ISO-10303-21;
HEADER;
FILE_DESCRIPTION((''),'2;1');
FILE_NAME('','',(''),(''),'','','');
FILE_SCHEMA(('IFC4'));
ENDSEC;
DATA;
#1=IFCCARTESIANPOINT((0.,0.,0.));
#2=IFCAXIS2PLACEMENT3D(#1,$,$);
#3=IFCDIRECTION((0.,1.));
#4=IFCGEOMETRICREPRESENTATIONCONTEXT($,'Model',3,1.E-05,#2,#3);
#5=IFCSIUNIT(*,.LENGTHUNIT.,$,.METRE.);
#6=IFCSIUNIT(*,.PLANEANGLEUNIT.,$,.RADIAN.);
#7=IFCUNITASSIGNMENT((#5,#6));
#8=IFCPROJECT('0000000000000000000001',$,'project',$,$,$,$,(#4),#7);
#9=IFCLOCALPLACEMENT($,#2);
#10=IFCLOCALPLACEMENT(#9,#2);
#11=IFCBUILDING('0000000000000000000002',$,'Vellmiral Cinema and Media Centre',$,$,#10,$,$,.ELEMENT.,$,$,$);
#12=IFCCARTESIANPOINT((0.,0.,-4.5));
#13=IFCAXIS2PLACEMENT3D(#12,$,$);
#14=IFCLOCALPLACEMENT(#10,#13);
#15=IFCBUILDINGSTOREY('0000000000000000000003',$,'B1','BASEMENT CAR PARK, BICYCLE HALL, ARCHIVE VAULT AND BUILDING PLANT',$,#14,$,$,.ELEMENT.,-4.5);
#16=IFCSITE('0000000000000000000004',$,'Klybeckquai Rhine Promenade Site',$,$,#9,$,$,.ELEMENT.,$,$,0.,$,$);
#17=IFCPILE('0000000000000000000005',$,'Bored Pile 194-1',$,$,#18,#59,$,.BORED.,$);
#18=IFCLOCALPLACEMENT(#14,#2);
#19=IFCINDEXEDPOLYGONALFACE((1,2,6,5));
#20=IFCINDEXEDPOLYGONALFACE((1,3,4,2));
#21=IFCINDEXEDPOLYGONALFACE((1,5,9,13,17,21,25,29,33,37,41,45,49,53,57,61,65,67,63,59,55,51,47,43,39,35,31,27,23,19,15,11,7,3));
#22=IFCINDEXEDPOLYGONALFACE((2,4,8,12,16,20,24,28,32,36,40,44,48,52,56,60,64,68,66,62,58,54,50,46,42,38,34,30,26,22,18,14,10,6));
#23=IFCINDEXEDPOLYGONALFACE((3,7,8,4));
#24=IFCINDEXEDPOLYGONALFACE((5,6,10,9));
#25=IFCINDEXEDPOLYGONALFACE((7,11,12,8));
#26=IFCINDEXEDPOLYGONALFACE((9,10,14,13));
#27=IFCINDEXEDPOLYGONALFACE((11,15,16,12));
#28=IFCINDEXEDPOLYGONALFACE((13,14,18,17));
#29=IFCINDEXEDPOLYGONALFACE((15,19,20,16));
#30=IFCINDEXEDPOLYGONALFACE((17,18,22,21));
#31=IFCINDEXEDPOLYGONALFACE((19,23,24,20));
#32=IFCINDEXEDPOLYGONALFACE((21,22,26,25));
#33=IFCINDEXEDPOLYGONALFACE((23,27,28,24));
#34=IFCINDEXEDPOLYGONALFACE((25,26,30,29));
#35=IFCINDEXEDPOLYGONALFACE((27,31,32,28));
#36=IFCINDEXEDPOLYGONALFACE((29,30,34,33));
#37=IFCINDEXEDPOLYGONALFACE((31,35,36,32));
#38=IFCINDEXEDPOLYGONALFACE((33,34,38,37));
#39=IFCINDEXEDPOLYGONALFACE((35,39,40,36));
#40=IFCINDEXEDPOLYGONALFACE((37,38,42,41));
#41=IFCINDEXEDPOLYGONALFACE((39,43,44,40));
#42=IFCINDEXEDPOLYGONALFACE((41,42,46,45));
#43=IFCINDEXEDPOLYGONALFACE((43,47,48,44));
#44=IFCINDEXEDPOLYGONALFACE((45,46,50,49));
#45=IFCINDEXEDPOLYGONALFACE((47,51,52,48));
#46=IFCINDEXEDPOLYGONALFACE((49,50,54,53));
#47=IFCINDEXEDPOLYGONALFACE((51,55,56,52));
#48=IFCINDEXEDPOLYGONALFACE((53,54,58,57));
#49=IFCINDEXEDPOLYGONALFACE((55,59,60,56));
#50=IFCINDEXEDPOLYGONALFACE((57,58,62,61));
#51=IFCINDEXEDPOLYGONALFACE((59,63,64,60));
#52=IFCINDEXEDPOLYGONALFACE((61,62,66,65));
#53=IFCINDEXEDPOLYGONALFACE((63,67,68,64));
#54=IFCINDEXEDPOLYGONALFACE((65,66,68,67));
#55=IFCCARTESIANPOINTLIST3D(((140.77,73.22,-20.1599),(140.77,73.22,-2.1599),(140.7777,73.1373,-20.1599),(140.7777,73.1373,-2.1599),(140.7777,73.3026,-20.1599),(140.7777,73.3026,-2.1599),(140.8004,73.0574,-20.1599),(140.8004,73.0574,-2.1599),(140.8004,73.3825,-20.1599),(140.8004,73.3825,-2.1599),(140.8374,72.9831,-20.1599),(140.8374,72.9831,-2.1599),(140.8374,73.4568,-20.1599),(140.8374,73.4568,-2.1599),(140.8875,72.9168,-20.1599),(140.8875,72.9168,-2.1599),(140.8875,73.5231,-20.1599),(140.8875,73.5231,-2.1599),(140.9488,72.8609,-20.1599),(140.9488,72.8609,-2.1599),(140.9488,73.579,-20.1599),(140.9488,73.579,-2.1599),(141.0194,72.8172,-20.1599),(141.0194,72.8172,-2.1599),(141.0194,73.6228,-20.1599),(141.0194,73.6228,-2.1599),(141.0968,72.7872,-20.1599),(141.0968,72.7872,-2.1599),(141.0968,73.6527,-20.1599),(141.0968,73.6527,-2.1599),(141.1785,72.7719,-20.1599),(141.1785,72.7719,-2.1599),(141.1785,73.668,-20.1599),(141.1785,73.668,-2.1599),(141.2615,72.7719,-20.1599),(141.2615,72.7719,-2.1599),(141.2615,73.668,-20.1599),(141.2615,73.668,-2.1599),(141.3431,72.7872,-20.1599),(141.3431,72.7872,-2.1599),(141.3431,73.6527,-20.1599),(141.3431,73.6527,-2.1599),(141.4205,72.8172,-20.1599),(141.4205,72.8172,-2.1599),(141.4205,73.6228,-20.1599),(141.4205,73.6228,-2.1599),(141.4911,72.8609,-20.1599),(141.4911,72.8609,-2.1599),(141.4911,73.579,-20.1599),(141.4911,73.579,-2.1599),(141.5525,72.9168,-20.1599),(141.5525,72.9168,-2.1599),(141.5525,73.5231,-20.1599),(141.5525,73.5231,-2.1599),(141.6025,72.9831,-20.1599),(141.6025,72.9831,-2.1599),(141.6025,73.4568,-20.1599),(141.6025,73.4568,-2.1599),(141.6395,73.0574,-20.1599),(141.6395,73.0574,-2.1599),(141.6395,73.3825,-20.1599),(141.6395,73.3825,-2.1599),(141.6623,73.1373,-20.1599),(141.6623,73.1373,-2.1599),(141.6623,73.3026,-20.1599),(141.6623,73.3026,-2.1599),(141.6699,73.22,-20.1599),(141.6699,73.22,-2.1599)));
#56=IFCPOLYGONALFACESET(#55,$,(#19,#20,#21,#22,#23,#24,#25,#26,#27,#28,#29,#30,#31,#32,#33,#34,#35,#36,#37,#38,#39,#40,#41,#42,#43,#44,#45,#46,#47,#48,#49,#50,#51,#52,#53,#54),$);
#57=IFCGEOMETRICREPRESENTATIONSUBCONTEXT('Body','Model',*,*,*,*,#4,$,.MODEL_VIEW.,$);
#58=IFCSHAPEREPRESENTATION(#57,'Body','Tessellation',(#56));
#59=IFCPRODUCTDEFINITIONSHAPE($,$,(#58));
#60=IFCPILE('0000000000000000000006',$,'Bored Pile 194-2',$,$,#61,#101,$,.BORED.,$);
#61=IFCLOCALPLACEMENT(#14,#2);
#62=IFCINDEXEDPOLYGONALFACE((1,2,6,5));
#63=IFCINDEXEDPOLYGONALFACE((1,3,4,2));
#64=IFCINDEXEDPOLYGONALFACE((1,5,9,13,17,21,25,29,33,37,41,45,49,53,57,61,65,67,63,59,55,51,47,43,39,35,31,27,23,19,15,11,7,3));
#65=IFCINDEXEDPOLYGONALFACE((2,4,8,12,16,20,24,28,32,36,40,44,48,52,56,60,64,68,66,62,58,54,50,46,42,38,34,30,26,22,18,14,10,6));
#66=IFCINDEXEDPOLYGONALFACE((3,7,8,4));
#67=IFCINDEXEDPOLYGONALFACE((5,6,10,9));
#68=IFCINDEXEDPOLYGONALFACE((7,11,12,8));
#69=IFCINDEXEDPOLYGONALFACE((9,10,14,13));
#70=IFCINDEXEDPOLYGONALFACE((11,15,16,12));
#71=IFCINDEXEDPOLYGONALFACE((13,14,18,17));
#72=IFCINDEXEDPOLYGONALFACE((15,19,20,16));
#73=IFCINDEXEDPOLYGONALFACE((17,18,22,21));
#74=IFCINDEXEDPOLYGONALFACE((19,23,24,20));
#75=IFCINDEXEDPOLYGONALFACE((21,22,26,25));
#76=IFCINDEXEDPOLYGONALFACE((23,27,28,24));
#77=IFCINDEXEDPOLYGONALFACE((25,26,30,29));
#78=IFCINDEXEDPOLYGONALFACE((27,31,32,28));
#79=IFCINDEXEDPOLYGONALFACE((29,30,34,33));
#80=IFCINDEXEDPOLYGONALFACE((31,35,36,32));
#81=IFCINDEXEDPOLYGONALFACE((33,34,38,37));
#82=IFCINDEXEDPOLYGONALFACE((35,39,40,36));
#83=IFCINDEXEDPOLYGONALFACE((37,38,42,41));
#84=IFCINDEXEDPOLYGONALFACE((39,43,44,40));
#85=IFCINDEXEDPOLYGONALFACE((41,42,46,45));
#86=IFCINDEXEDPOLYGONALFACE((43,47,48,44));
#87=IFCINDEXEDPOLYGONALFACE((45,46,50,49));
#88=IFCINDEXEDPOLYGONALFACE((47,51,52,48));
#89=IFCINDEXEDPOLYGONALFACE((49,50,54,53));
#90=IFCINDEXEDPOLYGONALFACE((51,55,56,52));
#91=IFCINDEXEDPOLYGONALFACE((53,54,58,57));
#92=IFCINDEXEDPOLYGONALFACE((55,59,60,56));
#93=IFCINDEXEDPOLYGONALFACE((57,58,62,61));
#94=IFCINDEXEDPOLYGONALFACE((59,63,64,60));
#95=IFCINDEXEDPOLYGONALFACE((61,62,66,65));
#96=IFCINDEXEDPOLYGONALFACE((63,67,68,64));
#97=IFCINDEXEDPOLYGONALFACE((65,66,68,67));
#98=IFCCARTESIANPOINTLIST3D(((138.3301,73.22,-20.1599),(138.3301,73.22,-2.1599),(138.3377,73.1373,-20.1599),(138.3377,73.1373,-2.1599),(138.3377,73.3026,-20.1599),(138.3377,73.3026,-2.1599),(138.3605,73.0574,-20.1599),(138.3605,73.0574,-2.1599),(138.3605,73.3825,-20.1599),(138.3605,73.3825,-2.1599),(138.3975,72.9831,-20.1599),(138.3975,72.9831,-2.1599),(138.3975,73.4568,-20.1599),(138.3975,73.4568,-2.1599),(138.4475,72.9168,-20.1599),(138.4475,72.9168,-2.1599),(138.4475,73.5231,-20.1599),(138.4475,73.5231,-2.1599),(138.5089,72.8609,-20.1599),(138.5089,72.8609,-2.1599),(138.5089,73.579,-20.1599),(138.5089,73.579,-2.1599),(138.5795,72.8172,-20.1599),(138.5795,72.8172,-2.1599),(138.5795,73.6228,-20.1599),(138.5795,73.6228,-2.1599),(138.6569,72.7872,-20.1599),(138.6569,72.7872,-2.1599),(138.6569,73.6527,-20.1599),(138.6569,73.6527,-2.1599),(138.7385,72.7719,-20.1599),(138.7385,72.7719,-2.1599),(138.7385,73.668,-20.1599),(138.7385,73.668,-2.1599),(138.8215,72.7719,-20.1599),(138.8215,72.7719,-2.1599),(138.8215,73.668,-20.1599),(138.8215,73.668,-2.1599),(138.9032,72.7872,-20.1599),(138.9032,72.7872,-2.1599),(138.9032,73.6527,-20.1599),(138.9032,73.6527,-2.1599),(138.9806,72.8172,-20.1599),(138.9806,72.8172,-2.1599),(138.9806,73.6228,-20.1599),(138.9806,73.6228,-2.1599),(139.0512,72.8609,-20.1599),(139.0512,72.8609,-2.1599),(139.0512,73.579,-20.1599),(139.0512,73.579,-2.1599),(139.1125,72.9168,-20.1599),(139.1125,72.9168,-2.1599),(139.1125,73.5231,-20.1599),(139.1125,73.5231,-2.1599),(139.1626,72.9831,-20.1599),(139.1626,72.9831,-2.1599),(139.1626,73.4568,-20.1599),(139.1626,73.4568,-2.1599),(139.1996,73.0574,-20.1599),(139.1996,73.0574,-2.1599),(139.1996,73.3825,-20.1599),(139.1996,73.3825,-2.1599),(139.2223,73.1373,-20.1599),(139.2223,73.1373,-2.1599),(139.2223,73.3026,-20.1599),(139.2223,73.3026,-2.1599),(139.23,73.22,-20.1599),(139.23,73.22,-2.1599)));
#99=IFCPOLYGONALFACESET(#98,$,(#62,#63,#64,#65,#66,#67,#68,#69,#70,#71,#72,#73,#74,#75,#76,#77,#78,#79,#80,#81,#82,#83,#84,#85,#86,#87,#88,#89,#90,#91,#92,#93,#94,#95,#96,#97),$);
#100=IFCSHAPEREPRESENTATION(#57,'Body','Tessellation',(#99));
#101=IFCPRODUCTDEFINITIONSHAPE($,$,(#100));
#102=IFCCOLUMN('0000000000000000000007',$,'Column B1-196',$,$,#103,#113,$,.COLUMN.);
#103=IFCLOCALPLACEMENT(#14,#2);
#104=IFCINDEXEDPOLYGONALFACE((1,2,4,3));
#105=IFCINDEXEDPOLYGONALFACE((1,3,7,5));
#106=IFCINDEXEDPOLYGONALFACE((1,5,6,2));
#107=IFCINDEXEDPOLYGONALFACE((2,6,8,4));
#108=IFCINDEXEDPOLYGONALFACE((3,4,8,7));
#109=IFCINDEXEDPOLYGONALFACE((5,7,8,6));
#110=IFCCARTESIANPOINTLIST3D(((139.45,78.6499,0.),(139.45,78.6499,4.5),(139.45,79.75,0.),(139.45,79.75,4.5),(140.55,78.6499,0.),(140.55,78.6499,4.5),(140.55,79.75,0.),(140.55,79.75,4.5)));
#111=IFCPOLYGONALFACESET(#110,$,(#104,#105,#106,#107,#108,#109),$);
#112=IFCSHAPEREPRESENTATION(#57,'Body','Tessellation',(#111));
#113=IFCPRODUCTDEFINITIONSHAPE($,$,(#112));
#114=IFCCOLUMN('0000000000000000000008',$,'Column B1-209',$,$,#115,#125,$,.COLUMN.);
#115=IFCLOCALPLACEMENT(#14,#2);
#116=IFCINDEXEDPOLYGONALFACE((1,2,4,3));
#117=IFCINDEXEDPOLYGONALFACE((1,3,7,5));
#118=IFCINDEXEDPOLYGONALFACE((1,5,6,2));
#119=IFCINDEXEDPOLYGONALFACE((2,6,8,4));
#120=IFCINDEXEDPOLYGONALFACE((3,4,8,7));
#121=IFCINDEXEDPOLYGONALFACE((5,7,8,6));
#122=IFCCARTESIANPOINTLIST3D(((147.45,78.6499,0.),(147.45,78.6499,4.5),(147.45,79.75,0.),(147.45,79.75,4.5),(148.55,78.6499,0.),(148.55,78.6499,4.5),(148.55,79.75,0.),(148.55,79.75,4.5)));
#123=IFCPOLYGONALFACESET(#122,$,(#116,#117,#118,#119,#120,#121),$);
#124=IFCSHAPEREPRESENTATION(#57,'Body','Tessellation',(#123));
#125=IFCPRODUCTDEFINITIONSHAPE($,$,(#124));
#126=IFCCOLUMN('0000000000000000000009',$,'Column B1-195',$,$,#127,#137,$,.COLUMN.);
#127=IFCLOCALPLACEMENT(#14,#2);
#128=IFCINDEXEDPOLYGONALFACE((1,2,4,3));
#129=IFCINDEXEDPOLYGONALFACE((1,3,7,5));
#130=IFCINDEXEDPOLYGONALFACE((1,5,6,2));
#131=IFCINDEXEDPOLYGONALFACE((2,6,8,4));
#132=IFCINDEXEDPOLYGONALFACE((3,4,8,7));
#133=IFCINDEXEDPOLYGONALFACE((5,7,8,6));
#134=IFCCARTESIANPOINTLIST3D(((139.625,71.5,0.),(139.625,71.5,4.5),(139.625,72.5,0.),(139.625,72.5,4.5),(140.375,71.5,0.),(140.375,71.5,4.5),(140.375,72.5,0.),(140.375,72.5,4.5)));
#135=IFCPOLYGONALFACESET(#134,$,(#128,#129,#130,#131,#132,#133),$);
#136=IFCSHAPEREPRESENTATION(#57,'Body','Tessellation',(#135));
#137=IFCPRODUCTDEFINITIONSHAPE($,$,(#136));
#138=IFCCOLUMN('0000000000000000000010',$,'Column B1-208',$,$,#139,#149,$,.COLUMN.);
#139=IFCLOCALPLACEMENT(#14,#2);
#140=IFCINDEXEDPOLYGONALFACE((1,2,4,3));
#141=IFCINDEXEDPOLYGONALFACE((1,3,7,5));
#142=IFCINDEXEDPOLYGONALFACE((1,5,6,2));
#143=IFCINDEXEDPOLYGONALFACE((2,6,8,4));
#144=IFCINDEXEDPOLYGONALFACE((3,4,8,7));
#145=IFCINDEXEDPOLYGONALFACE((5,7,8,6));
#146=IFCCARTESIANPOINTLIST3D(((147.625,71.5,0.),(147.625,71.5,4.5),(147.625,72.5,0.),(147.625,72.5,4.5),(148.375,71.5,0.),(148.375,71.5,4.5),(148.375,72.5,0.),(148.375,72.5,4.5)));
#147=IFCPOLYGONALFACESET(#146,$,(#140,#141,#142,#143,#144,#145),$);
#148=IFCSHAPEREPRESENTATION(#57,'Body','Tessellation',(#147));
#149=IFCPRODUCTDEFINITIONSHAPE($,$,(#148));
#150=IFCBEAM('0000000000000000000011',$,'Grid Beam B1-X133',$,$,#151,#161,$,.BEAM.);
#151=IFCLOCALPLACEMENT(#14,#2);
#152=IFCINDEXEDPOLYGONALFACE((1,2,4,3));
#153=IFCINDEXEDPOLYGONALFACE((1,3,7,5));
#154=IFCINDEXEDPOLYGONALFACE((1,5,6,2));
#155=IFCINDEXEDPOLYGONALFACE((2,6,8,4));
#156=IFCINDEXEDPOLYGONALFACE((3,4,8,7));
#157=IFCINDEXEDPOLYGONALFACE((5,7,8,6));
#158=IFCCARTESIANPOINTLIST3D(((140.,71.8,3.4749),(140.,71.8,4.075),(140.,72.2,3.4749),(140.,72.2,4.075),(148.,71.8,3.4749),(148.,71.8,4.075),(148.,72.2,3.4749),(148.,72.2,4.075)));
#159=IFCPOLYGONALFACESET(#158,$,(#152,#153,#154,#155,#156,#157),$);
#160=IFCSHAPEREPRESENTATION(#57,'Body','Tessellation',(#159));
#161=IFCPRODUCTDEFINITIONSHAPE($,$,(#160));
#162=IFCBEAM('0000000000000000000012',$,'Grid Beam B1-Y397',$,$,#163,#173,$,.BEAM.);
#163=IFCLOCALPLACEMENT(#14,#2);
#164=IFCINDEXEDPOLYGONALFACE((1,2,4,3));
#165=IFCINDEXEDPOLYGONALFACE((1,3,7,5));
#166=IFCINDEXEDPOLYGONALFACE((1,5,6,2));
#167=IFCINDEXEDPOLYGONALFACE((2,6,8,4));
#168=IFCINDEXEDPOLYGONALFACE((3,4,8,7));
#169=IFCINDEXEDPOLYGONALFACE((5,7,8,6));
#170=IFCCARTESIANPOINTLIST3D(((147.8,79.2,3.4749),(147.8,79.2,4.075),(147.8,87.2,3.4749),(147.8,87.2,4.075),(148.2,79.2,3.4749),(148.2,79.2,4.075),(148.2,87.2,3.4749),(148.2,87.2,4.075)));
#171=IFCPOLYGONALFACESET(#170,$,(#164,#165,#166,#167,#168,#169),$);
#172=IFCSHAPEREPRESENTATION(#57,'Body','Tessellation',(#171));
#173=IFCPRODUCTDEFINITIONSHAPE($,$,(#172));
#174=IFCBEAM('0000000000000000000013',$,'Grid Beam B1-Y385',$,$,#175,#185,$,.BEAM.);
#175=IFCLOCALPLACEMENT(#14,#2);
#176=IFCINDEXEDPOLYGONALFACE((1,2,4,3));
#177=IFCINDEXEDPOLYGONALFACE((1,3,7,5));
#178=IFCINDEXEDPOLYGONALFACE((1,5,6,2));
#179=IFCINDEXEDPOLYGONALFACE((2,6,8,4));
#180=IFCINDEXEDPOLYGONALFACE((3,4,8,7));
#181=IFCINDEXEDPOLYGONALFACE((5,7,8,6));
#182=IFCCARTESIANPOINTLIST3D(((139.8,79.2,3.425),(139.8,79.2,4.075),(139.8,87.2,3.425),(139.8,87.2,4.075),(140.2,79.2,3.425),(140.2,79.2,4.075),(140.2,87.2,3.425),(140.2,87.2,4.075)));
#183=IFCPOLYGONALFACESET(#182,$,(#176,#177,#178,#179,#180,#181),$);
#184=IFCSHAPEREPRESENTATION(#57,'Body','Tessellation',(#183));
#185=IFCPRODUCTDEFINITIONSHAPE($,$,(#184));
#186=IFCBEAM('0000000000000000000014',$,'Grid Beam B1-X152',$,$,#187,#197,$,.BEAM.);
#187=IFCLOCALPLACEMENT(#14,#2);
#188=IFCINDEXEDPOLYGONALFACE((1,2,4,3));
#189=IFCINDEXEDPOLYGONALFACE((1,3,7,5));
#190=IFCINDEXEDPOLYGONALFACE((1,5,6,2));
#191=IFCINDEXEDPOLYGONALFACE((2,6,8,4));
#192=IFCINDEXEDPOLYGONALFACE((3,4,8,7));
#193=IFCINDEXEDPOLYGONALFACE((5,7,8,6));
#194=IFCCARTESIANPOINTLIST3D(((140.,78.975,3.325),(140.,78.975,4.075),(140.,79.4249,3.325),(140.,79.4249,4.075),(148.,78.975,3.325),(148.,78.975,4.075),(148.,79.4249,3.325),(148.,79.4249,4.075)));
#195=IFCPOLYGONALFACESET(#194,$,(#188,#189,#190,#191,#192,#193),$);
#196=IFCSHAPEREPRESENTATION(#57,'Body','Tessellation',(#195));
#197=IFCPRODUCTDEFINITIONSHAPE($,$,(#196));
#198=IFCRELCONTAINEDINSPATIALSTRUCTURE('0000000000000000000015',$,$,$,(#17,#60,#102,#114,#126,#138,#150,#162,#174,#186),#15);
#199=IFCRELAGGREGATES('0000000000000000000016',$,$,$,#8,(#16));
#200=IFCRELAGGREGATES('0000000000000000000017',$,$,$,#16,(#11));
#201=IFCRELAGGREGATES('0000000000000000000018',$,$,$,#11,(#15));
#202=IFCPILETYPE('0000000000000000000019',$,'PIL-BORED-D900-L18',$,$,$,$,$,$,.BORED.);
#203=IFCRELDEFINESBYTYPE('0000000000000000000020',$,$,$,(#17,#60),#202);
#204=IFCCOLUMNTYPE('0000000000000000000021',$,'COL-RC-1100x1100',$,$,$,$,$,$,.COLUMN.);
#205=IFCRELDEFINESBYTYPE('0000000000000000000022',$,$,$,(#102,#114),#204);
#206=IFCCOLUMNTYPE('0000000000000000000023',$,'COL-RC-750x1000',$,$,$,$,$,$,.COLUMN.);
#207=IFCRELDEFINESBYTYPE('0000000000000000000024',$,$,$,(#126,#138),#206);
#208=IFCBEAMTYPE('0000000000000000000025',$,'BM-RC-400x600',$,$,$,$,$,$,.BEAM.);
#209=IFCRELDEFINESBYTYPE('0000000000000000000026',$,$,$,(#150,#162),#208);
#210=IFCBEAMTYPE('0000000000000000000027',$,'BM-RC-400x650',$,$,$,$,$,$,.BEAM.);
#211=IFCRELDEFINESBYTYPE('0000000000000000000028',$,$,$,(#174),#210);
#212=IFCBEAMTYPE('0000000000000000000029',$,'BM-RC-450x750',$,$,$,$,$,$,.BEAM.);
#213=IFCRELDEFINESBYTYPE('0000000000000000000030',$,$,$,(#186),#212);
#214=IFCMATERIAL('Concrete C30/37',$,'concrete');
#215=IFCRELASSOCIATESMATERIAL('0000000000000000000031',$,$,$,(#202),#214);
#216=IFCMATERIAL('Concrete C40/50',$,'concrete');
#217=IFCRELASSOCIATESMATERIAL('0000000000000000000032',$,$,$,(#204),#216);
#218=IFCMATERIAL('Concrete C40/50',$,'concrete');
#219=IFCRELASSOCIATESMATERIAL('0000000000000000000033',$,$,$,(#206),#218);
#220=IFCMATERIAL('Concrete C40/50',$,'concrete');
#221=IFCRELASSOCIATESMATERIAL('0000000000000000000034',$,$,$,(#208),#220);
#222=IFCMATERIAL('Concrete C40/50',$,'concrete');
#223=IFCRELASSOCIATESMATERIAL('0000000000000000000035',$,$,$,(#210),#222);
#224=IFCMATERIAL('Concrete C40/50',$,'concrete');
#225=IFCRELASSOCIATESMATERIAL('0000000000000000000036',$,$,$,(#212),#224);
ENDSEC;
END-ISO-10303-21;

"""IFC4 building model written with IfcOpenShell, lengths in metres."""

from ifc_helpers import new_model, si_unit, direction, frame, origin, origin_2d, place, context, subcontext, project, spatial, rectangle, circle, extrude, material, material_profile, profile_set, type_object, element, save


model = new_model("IFC4")

# Units and contexts
model_context = context("Model", 3, precision=1e-05, world=origin(), true_north=direction((0.0, 1.0)))
body_context = subcontext(model_context, "Body", "Model", "MODEL_VIEW")
ifc_project = project(units=[si_unit("LENGTHUNIT", "METRE"), si_unit("PLANEANGLEUNIT", "RADIAN")], contexts=[model_context])

# Site, building, storey
site_placement = place(None, origin())
site = spatial("IfcSite", under=ifc_project, at=site_placement, Name="Klybeckquai Rhine Promenade Site", CompositionType="ELEMENT", RefElevation=0.0)
building_placement = place(site_placement, origin())
building = spatial("IfcBuilding", under=site, at=building_placement, Name="Vellmiral Cinema and Media Centre", CompositionType="ELEMENT")
storey_placement = place(building_placement, frame((0.0, 0.0, -4.5)))
storey = spatial("IfcBuildingStorey", under=building, at=storey_placement, Name="B1", Description="BASEMENT CAR PARK, BICYCLE HALL, ARCHIVE VAULT AND BUILDING PLANT", CompositionType="ELEMENT", Elevation=-4.5)

# Piles
ifc_material_1 = material(Name="Concrete C30/37", Category="concrete")
ifc_material_profile_1 = material_profile(ifc_material_1, circle(Radius=0.45, at=origin_2d()), Name="PILE D900")
ifc_profile_set_1 = profile_set([ifc_material_profile_1], Name="Concrete C30/37")
pile_type_1 = type_object("IfcPileType", Name="PIL-BORED-D900-L18", PredefinedType="BORED", material=ifc_profile_set_1)
for number, where, z_axis, x_axis, name in (
    (1, (141.22, 73.22, -2.1599), (0.0, 0.0, -1.0), (1.0, 0.0, 0.0), "Bored Pile 194-1"),
    (2, (138.78, 73.22, -2.1599), (0.0, 0.0, -1.0), (1.0, 0.0, 0.0), "Bored Pile 194-2"),
):
    element("IfcPile", number, at=place(storey_placement, frame(where, z_axis=z_axis, x_axis=x_axis)), inside=storey, type_object=pile_type_1, Name=name, PredefinedType="BORED", context=body_context, shape_type="SweptSolid", body=[
        extrude(circle(Radius=0.45, at=origin_2d()), origin(), (0.0, 0.0, 1.0), 18.0),
    ])

# Columns
ifc_material_2 = material(Name="Concrete C40/50", Category="concrete")
ifc_material_profile_2 = material_profile(ifc_material_2, rectangle(XDim=1.1001, YDim=1.1001, at=origin_2d()), Name="RC 1100x1100")
ifc_profile_set_2 = profile_set([ifc_material_profile_2], Name="Concrete C40/50")
column_type_1 = type_object("IfcColumnType", Name="COL-RC-1100x1100", PredefinedType="COLUMN", material=ifc_profile_set_2)
for number, where, z_axis, x_axis, name in (
    (3, (140.0, 79.2, 0.0), (0.0, 0.0, 1.0), (1.0, 0.0, 0.0), "Column B1-196"),
    (4, (148.0, 79.2, 0.0), (0.0, 0.0, 1.0), (1.0, 0.0, 0.0), "Column B1-209"),
):
    element("IfcColumn", number, at=place(storey_placement, frame(where, z_axis=z_axis, x_axis=x_axis)), inside=storey, type_object=column_type_1, Name=name, PredefinedType="COLUMN", context=body_context, shape_type="SweptSolid", body=[
        extrude(rectangle(XDim=1.1001, YDim=1.1001, at=origin_2d()), origin(), (0.0, 0.0, 1.0), 4.5),
    ])
ifc_material_3 = material(Name="Concrete C40/50", Category="concrete")
ifc_material_profile_3 = material_profile(ifc_material_3, rectangle(XDim=0.75, YDim=1.0, at=origin_2d()), Name="RC 750x1000")
ifc_profile_set_3 = profile_set([ifc_material_profile_3], Name="Concrete C40/50")
column_type_2 = type_object("IfcColumnType", Name="COL-RC-750x1000", PredefinedType="COLUMN", material=ifc_profile_set_3)
for number, where, z_axis, x_axis, name in (
    (5, (140.0, 72.0, 0.0), (0.0, 0.0, 1.0), (1.0, 0.0, 0.0), "Column B1-195"),
    (6, (148.0, 72.0, 0.0), (0.0, 0.0, 1.0), (1.0, 0.0, 0.0), "Column B1-208"),
):
    element("IfcColumn", number, at=place(storey_placement, frame(where, z_axis=z_axis, x_axis=x_axis)), inside=storey, type_object=column_type_2, Name=name, PredefinedType="COLUMN", context=body_context, shape_type="SweptSolid", body=[
        extrude(rectangle(XDim=0.75, YDim=1.0, at=origin_2d()), origin(), (0.0, 0.0, 1.0), 4.5),
    ])

# Beams
ifc_material_4 = material(Name="Concrete C40/50", Category="concrete")
ifc_material_profile_4 = material_profile(ifc_material_4, rectangle(XDim=0.3999, YDim=0.6001, at=origin_2d()), Name="RC 400x600")
ifc_profile_set_4 = profile_set([ifc_material_profile_4], Name="Concrete C40/50")
beam_type_1 = type_object("IfcBeamType", Name="BM-RC-400x600", PredefinedType="BEAM", material=ifc_profile_set_4)
for number, where, z_axis, x_axis, name in (
    (7, (140.0, 72.0, 3.7749), (1.0, 0.0, 0.0), (0.0, 1.0, 0.0), "Grid Beam B1-X133"),
    (8, (148.0, 79.2, 3.7749), (0.0, 1.0, 0.0), (-1.0, 0.0, 0.0), "Grid Beam B1-Y397"),
):
    element("IfcBeam", number, at=place(storey_placement, frame(where, z_axis=z_axis, x_axis=x_axis)), inside=storey, type_object=beam_type_1, Name=name, PredefinedType="BEAM", context=body_context, shape_type="SweptSolid", body=[
        extrude(rectangle(XDim=0.3999, YDim=0.6001, at=origin_2d()), origin(), (0.0, 0.0, 1.0), 8.0),
    ])
ifc_material_5 = material(Name="Concrete C40/50", Category="concrete")
ifc_material_profile_5 = material_profile(ifc_material_5, rectangle(XDim=0.3999, YDim=0.6499, at=origin_2d()), Name="RC 400x650")
ifc_profile_set_5 = profile_set([ifc_material_profile_5], Name="Concrete C40/50")
beam_type_2 = type_object("IfcBeamType", Name="BM-RC-400x650", PredefinedType="BEAM", material=ifc_profile_set_5)
beam_1_placement = place(storey_placement, frame((140.0, 79.2, 3.75), z_axis=(0.0, 1.0, 0.0), x_axis=(-1.0, 0.0, 0.0)))
element("IfcBeam", 9, at=beam_1_placement, inside=storey, type_object=beam_type_2, Name="Grid Beam B1-Y385", PredefinedType="BEAM", context=body_context, shape_type="SweptSolid", body=[
    extrude(rectangle(XDim=0.3999, YDim=0.6499, at=origin_2d()), origin(), (0.0, 0.0, 1.0), 8.0),
])
ifc_material_6 = material(Name="Concrete C40/50", Category="concrete")
ifc_material_profile_6 = material_profile(ifc_material_6, rectangle(XDim=0.45, YDim=0.75, at=origin_2d()), Name="RC 450x750")
ifc_profile_set_6 = profile_set([ifc_material_profile_6], Name="Concrete C40/50")
beam_type_3 = type_object("IfcBeamType", Name="BM-RC-450x750", PredefinedType="BEAM", material=ifc_profile_set_6)
beam_2_placement = place(storey_placement, frame((140.0, 79.2, 3.7), z_axis=(1.0, 0.0, 0.0), x_axis=(0.0, 1.0, 0.0)))
element("IfcBeam", 10, at=beam_2_placement, inside=storey, type_object=beam_type_3, Name="Grid Beam B1-X152", PredefinedType="BEAM", context=body_context, shape_type="SweptSolid", body=[
    extrude(rectangle(XDim=0.45, YDim=0.75, at=origin_2d()), origin(), (0.0, 0.0, 1.0), 8.0),
])

save(model, "model.ifc")
